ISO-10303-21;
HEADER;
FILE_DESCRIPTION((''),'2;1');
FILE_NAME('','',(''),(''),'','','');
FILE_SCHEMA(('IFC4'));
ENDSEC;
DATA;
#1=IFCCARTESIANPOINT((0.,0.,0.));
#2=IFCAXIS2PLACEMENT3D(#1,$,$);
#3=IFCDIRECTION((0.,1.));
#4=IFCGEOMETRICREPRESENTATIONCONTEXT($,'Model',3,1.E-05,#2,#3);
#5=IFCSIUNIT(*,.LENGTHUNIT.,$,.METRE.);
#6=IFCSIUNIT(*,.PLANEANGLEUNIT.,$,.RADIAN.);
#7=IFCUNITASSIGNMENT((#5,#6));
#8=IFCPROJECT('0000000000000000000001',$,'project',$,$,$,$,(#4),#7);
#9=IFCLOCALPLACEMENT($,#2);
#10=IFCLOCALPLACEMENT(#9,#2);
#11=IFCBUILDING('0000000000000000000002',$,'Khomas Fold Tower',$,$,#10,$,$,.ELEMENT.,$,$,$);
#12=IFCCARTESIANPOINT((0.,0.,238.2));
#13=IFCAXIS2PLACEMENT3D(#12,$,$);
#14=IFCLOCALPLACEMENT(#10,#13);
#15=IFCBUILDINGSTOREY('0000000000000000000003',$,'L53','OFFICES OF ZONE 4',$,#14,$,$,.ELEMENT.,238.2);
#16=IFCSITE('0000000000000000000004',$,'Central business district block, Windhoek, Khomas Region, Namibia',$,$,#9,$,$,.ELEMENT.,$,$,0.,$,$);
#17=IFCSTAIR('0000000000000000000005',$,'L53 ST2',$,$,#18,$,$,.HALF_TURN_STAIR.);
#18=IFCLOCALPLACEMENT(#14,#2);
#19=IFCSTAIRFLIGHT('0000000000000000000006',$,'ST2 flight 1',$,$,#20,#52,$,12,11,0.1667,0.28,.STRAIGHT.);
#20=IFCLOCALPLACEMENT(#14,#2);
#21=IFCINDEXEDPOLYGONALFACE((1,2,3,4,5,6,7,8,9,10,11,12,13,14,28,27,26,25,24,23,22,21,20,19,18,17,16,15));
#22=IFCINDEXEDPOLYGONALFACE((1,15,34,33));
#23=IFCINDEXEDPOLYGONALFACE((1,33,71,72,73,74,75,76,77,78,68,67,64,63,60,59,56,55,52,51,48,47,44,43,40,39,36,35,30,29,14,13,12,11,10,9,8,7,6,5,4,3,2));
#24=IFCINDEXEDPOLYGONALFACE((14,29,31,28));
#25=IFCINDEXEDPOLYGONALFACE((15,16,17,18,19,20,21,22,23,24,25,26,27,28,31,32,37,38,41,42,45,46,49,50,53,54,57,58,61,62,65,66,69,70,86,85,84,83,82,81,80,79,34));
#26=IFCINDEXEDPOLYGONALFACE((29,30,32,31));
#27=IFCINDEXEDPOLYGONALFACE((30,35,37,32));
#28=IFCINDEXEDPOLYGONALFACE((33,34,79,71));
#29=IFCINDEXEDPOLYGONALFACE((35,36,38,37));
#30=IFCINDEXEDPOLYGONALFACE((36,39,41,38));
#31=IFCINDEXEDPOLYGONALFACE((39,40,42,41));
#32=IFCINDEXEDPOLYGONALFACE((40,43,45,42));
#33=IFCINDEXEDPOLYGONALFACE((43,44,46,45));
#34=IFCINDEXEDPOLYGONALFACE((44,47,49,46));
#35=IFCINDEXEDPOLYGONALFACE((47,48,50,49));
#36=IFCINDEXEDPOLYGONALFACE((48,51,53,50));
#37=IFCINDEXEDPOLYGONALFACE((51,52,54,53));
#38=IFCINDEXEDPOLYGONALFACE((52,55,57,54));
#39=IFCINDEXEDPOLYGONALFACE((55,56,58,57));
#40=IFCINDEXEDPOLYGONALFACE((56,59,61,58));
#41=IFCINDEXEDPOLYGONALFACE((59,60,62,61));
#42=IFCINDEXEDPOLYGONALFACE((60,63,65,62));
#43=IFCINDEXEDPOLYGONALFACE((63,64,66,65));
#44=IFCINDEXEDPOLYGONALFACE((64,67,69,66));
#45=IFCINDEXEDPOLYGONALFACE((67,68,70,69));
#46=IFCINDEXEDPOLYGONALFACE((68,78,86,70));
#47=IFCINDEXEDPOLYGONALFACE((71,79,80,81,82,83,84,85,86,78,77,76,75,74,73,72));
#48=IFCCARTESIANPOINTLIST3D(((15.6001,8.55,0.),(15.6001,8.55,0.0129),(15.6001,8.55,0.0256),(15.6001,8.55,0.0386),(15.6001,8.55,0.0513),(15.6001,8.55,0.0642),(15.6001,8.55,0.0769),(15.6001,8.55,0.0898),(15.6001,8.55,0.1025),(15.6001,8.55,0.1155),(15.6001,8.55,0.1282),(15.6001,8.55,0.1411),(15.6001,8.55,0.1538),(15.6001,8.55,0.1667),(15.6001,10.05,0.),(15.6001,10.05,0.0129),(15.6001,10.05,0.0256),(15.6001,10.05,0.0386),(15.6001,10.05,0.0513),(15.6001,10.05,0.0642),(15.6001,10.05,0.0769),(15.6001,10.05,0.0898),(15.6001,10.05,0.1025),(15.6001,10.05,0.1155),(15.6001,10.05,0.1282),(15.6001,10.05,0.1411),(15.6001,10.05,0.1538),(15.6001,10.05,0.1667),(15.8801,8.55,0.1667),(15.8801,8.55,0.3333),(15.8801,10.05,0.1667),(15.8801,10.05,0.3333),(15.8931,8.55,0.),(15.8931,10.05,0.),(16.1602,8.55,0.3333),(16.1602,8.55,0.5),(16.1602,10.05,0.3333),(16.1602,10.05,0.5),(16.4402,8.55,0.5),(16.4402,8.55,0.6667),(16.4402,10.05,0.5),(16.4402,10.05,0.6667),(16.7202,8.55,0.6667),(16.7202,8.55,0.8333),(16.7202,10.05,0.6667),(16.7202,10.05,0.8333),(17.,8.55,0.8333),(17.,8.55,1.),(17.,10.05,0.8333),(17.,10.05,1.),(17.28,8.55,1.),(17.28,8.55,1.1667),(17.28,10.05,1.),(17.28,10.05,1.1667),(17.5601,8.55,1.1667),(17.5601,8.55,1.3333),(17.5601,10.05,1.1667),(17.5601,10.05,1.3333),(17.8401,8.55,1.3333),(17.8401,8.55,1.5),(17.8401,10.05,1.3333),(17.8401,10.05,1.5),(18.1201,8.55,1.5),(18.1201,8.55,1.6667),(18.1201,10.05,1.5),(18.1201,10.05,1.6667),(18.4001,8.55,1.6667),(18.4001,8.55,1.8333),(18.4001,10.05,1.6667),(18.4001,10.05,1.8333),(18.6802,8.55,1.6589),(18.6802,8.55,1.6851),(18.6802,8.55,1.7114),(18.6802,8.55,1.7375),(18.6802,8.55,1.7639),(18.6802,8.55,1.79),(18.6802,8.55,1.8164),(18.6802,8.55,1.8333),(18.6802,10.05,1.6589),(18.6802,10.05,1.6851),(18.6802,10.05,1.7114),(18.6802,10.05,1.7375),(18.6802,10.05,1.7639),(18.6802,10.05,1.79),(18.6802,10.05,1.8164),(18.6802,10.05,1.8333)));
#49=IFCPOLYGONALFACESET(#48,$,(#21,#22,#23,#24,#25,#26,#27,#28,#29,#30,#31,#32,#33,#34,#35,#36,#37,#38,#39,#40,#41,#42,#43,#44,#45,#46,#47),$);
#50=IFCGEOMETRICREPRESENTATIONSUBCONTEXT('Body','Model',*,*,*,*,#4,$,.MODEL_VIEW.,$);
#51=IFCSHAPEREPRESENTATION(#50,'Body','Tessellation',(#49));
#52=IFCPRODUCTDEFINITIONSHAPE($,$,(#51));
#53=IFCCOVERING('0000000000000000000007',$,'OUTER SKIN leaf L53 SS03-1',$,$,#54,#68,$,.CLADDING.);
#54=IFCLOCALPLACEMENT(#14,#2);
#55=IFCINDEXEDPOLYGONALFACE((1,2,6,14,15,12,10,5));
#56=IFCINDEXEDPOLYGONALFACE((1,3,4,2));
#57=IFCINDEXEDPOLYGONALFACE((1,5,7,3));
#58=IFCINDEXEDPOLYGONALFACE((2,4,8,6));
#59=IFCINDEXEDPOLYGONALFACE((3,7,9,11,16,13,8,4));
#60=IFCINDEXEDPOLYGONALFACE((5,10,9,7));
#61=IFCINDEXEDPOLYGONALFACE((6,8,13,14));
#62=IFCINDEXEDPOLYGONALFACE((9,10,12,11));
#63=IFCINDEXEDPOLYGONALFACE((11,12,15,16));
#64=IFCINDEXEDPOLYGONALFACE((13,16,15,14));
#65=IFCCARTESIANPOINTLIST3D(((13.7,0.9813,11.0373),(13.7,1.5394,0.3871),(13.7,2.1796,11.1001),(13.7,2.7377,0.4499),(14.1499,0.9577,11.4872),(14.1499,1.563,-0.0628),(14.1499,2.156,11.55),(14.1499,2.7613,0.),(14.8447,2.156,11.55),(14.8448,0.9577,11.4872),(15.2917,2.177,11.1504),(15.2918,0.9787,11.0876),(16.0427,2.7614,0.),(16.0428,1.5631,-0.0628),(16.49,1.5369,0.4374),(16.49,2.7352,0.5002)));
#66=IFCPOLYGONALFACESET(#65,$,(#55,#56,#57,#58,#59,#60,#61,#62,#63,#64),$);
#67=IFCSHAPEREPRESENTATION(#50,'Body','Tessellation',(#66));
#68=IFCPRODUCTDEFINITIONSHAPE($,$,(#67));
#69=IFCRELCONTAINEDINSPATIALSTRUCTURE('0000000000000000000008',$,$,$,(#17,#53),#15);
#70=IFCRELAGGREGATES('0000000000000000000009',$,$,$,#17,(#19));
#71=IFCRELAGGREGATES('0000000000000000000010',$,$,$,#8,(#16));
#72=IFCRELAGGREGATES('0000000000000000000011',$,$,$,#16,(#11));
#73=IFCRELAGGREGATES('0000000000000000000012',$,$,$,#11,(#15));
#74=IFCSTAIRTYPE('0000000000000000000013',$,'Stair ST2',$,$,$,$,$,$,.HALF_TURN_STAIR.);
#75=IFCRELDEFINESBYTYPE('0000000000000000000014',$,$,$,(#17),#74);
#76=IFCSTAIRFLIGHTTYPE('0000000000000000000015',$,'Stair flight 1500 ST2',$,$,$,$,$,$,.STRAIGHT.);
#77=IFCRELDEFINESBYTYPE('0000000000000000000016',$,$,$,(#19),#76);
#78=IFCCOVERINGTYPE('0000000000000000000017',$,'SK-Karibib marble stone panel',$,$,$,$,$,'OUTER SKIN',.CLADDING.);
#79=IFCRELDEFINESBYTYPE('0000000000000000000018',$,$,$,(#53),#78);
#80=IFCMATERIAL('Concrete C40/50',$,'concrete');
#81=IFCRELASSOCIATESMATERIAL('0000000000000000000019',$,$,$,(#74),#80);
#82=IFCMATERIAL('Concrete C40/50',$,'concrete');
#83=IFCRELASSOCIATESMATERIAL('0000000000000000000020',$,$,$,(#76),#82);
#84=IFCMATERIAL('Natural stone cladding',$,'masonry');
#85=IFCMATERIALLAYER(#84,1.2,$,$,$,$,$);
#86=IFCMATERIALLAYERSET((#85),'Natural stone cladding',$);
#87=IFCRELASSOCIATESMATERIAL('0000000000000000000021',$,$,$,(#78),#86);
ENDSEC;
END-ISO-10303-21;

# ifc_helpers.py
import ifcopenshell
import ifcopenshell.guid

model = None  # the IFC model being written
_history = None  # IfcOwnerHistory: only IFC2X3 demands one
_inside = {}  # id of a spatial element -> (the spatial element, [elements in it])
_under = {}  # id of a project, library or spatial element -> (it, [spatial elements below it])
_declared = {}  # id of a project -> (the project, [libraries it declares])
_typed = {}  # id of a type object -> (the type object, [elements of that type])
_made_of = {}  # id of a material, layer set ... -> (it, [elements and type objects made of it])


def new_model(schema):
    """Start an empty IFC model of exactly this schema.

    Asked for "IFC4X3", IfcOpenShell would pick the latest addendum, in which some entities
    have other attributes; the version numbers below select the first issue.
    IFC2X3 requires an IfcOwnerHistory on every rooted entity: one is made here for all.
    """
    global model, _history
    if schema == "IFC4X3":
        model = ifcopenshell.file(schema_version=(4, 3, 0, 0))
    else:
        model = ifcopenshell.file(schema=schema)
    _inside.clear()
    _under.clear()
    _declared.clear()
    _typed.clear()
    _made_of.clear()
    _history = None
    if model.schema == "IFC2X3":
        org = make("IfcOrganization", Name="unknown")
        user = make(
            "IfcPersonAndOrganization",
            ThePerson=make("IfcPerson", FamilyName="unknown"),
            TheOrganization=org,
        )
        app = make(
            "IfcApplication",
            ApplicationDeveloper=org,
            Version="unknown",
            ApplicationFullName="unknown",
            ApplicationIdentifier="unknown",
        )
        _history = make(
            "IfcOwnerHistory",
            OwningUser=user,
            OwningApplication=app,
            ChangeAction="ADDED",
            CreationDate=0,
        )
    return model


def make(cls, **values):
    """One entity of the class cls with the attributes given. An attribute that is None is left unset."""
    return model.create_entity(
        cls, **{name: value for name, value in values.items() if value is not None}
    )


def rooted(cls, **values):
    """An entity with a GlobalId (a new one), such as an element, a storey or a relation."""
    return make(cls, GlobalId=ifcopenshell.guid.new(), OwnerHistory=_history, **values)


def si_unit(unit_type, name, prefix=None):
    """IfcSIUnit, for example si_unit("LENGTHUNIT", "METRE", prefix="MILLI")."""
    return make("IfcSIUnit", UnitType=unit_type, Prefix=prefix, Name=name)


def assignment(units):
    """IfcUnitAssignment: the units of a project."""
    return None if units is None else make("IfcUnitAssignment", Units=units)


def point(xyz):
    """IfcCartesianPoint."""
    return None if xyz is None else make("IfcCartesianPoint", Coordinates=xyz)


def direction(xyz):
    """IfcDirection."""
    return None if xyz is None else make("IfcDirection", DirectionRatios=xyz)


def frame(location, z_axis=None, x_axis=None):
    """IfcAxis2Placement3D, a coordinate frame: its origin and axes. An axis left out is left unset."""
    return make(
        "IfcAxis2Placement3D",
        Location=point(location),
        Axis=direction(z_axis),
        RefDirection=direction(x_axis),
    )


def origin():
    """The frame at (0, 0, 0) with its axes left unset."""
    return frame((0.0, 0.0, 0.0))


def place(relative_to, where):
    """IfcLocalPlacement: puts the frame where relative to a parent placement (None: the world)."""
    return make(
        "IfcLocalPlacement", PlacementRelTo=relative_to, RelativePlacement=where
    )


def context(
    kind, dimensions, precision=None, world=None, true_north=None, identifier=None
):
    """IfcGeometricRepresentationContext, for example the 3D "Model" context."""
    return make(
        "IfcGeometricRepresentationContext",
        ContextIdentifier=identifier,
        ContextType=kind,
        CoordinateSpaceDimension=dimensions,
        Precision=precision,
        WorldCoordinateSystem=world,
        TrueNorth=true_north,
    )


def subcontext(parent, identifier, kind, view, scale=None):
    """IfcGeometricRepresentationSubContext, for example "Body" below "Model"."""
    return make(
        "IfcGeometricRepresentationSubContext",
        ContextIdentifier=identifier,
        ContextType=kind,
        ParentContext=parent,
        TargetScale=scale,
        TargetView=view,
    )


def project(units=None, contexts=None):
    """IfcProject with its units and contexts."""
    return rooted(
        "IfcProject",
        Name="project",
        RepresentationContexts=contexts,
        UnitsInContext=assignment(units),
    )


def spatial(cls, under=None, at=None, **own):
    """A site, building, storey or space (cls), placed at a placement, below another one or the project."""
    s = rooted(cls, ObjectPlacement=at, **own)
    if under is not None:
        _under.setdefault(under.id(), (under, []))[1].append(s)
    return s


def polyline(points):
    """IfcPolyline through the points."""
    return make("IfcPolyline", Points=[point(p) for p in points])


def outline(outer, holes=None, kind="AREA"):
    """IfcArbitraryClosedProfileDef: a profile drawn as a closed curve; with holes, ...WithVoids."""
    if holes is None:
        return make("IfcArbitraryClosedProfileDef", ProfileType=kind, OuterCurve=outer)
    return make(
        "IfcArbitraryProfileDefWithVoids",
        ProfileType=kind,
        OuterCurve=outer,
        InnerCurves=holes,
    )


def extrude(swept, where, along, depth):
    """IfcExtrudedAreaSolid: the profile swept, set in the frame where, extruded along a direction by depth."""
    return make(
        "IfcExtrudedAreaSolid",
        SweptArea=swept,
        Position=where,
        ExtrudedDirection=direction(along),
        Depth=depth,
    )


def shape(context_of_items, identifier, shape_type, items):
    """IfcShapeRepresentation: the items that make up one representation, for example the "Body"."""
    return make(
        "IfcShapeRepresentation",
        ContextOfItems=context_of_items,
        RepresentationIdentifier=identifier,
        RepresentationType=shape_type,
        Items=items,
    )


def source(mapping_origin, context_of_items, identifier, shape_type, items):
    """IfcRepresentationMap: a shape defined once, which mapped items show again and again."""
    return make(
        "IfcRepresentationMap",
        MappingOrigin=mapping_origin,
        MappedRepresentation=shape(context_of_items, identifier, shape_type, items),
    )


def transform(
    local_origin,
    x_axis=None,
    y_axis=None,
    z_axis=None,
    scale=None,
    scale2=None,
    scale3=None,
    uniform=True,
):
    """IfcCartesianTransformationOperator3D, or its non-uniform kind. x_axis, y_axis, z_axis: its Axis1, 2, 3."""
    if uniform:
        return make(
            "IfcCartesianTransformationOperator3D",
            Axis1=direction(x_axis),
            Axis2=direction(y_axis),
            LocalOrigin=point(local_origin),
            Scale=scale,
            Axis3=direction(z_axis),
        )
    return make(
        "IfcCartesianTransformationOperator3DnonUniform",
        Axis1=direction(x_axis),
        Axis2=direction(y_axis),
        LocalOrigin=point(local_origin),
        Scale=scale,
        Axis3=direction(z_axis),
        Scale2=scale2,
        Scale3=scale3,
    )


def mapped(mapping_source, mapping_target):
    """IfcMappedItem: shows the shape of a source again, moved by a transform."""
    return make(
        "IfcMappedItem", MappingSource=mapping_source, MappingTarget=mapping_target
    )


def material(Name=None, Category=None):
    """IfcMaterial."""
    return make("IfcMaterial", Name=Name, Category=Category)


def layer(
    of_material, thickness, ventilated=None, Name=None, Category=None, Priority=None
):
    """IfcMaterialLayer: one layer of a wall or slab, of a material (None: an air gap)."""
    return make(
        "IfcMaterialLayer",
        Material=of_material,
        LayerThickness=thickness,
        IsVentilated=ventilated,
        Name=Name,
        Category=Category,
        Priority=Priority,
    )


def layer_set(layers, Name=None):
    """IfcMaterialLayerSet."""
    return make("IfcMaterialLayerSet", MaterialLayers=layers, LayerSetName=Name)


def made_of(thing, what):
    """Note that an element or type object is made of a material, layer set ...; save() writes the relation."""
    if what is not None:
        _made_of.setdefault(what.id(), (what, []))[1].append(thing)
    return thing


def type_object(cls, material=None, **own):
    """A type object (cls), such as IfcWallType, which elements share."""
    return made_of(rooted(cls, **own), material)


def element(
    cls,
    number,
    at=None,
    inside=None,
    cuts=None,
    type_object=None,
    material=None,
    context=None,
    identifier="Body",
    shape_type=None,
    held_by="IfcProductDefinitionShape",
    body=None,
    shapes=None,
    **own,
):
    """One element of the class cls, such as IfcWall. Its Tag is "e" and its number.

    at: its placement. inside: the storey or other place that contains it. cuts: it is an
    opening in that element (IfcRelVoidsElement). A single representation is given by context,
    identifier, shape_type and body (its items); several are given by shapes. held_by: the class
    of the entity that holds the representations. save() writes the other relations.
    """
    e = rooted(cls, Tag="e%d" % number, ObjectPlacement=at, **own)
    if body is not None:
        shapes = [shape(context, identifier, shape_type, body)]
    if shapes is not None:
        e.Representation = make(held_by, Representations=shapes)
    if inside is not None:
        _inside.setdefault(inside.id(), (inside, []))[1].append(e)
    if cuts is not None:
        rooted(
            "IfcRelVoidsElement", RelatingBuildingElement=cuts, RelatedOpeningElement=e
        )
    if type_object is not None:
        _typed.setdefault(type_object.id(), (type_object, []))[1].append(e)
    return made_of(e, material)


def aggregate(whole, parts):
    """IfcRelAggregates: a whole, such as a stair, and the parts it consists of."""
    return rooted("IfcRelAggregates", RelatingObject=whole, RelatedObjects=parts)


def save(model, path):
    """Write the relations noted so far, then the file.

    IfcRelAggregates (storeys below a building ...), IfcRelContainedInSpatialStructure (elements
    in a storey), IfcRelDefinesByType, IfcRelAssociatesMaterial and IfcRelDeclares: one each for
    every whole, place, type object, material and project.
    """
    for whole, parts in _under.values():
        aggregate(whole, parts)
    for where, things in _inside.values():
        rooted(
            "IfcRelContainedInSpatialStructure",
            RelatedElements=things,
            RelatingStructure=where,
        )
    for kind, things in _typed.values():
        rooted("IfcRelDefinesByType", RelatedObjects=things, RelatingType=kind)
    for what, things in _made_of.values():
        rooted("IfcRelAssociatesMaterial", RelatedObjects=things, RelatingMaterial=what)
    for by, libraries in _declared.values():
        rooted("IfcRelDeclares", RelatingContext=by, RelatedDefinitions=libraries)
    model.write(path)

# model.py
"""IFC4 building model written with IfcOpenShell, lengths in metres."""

from ifc_helpers import new_model, si_unit, direction, frame, origin, place, context, subcontext, project, spatial, polyline, outline, extrude, source, transform, mapped, material, layer, layer_set, type_object, element, aggregate, save


model = new_model("IFC4")

# Units and contexts
model_context = context("Model", 3, precision=1e-05, world=origin(), true_north=direction((0.0, 1.0)))
body_context = subcontext(model_context, "Body", "Model", "MODEL_VIEW")
ifc_project = project(units=[si_unit("LENGTHUNIT", "METRE"), si_unit("PLANEANGLEUNIT", "RADIAN")], contexts=[model_context])

# Site, building, storey
site_placement = place(None, origin())
site = spatial("IfcSite", under=ifc_project, at=site_placement, Name="Central business district block, Windhoek, Khomas Region, Namibia", CompositionType="ELEMENT", RefElevation=0.0)
building_placement = place(site_placement, origin())
building = spatial("IfcBuilding", under=site, at=building_placement, Name="Khomas Fold Tower", CompositionType="ELEMENT")
storey_placement = place(building_placement, frame((0.0, 0.0, 238.2)))
storey = spatial("IfcBuildingStorey", under=building, at=storey_placement, Name="L53", Description="OFFICES OF ZONE 4", CompositionType="ELEMENT", Elevation=238.2)

# Stair, stair flight
ifc_material_1 = material(Name="Concrete C40/50", Category="concrete")
stair_type = type_object("IfcStairType", Name="Stair ST2", PredefinedType="HALF_TURN_STAIR", material=ifc_material_1)
stair_placement = place(storey_placement, origin())
stair = element("IfcStair", 1, at=stair_placement, inside=storey, type_object=stair_type, Name="L53 ST2", PredefinedType="HALF_TURN_STAIR")
ifc_material_2 = material(Name="Concrete C40/50", Category="concrete")
stair_flight_type = type_object("IfcStairFlightType", Name="Stair flight 1500 ST2", PredefinedType="STRAIGHT", material=ifc_material_2)
shared_shape_1 = source(origin(), body_context, "Body", "SweptSolid", [
    extrude(outline(polyline([(0.0, 0.0), (0.0, 0.0129), (0.0, 0.0256), (0.0, 0.0386), (0.0, 0.0513), (0.0, 0.0642), (0.0, 0.0769), (0.0, 0.0898), (0.0, 0.1025), (0.0, 0.1155), (0.0, 0.1282), (0.0, 0.1411), (0.0, 0.1538), (0.0, 0.1667), (0.28, 0.1667), (0.28, 0.3333), (0.5601, 0.3333), (0.5601, 0.5), (0.8401, 0.5), (0.8401, 0.6667), (1.1201, 0.6667), (1.1201, 0.8333), (1.3999, 0.8333), (1.3999, 1.0), (1.6799, 1.0), (1.6799, 1.1667), (1.96, 1.1667), (1.96, 1.3333), (2.24, 1.3333), (2.24, 1.5), (2.52, 1.5), (2.52, 1.6667), (2.8, 1.6667), (2.8, 1.8333), (3.0801, 1.8333), (3.0801, 2.0), (3.0801, 1.9739), (3.0801, 1.9475), (3.0801, 1.9214), (3.0801, 1.895), (3.0801, 1.8689), (3.0801, 1.8425), (3.0801, 1.8164), (3.0801, 1.79), (3.0801, 1.7639), (3.0801, 1.7375), (3.0801, 1.7114), (3.0801, 1.6851), (3.0801, 1.6589), (0.293, 0.0), (0.0, 0.0)])), frame((0.0, 0.75, 0.0), z_axis=(0.0, -1.0, 0.0), x_axis=(1.0, 0.0, 0.0)), (0.0, 0.0, 1.0), 1.5),
])
stair_flight_placement = place(storey_placement, frame((15.6001, 9.3, 0.0), z_axis=(0.0, 0.0, 1.0), x_axis=(1.0, 0.0, 0.0)))
stair_flight = element("IfcStairFlight", 2, at=stair_flight_placement, type_object=stair_flight_type, Name="ST2 flight 1", NumberOfRisers=12, NumberOfTreads=11, PredefinedType="STRAIGHT", RiserHeight=0.1667, TreadLength=0.28, context=body_context, shape_type="MappedRepresentation", body=[
    mapped(shared_shape_1, transform((0.0, 0.0, 0.0))),
])
aggregate(stair, [stair_flight])

# Covering
ifc_material_3 = material(Name="Natural stone cladding", Category="masonry")
ifc_layer_1 = layer(ifc_material_3, 1.2)
ifc_layer_set_1 = layer_set([ifc_layer_1], Name="Natural stone cladding")
covering_type = type_object("IfcCoveringType", Name="SK-Karibib marble stone panel", ElementType="OUTER SKIN", PredefinedType="CLADDING", material=ifc_layer_set_1)
covering_placement = place(storey_placement, frame((15.2917, 2.177, 11.1504), z_axis=(-0.000032, 0.99863, 0.052334), x_axis=(0.111653, 0.05201, -0.992385)))
element("IfcCovering", 3, at=covering_placement, inside=storey, type_object=covering_type, Name="OUTER SKIN leaf L53 SS03-1", PredefinedType="CLADDING", context=body_context, shape_type="SweptSolid", body=[
    extrude(outline(polyline([(0.0, 0.0), (10.7319, 0.0), (11.1797, 0.5004), (10.9684, 2.3814), (10.4704, 2.7782), (-0.1277, 1.5875), (-0.5252, 1.09), (-0.4476, 0.3995), (0.0, 0.0)])), origin(), (0.0, 0.0, -1.0), 1.2),
])

save(model, "model.ifc")
